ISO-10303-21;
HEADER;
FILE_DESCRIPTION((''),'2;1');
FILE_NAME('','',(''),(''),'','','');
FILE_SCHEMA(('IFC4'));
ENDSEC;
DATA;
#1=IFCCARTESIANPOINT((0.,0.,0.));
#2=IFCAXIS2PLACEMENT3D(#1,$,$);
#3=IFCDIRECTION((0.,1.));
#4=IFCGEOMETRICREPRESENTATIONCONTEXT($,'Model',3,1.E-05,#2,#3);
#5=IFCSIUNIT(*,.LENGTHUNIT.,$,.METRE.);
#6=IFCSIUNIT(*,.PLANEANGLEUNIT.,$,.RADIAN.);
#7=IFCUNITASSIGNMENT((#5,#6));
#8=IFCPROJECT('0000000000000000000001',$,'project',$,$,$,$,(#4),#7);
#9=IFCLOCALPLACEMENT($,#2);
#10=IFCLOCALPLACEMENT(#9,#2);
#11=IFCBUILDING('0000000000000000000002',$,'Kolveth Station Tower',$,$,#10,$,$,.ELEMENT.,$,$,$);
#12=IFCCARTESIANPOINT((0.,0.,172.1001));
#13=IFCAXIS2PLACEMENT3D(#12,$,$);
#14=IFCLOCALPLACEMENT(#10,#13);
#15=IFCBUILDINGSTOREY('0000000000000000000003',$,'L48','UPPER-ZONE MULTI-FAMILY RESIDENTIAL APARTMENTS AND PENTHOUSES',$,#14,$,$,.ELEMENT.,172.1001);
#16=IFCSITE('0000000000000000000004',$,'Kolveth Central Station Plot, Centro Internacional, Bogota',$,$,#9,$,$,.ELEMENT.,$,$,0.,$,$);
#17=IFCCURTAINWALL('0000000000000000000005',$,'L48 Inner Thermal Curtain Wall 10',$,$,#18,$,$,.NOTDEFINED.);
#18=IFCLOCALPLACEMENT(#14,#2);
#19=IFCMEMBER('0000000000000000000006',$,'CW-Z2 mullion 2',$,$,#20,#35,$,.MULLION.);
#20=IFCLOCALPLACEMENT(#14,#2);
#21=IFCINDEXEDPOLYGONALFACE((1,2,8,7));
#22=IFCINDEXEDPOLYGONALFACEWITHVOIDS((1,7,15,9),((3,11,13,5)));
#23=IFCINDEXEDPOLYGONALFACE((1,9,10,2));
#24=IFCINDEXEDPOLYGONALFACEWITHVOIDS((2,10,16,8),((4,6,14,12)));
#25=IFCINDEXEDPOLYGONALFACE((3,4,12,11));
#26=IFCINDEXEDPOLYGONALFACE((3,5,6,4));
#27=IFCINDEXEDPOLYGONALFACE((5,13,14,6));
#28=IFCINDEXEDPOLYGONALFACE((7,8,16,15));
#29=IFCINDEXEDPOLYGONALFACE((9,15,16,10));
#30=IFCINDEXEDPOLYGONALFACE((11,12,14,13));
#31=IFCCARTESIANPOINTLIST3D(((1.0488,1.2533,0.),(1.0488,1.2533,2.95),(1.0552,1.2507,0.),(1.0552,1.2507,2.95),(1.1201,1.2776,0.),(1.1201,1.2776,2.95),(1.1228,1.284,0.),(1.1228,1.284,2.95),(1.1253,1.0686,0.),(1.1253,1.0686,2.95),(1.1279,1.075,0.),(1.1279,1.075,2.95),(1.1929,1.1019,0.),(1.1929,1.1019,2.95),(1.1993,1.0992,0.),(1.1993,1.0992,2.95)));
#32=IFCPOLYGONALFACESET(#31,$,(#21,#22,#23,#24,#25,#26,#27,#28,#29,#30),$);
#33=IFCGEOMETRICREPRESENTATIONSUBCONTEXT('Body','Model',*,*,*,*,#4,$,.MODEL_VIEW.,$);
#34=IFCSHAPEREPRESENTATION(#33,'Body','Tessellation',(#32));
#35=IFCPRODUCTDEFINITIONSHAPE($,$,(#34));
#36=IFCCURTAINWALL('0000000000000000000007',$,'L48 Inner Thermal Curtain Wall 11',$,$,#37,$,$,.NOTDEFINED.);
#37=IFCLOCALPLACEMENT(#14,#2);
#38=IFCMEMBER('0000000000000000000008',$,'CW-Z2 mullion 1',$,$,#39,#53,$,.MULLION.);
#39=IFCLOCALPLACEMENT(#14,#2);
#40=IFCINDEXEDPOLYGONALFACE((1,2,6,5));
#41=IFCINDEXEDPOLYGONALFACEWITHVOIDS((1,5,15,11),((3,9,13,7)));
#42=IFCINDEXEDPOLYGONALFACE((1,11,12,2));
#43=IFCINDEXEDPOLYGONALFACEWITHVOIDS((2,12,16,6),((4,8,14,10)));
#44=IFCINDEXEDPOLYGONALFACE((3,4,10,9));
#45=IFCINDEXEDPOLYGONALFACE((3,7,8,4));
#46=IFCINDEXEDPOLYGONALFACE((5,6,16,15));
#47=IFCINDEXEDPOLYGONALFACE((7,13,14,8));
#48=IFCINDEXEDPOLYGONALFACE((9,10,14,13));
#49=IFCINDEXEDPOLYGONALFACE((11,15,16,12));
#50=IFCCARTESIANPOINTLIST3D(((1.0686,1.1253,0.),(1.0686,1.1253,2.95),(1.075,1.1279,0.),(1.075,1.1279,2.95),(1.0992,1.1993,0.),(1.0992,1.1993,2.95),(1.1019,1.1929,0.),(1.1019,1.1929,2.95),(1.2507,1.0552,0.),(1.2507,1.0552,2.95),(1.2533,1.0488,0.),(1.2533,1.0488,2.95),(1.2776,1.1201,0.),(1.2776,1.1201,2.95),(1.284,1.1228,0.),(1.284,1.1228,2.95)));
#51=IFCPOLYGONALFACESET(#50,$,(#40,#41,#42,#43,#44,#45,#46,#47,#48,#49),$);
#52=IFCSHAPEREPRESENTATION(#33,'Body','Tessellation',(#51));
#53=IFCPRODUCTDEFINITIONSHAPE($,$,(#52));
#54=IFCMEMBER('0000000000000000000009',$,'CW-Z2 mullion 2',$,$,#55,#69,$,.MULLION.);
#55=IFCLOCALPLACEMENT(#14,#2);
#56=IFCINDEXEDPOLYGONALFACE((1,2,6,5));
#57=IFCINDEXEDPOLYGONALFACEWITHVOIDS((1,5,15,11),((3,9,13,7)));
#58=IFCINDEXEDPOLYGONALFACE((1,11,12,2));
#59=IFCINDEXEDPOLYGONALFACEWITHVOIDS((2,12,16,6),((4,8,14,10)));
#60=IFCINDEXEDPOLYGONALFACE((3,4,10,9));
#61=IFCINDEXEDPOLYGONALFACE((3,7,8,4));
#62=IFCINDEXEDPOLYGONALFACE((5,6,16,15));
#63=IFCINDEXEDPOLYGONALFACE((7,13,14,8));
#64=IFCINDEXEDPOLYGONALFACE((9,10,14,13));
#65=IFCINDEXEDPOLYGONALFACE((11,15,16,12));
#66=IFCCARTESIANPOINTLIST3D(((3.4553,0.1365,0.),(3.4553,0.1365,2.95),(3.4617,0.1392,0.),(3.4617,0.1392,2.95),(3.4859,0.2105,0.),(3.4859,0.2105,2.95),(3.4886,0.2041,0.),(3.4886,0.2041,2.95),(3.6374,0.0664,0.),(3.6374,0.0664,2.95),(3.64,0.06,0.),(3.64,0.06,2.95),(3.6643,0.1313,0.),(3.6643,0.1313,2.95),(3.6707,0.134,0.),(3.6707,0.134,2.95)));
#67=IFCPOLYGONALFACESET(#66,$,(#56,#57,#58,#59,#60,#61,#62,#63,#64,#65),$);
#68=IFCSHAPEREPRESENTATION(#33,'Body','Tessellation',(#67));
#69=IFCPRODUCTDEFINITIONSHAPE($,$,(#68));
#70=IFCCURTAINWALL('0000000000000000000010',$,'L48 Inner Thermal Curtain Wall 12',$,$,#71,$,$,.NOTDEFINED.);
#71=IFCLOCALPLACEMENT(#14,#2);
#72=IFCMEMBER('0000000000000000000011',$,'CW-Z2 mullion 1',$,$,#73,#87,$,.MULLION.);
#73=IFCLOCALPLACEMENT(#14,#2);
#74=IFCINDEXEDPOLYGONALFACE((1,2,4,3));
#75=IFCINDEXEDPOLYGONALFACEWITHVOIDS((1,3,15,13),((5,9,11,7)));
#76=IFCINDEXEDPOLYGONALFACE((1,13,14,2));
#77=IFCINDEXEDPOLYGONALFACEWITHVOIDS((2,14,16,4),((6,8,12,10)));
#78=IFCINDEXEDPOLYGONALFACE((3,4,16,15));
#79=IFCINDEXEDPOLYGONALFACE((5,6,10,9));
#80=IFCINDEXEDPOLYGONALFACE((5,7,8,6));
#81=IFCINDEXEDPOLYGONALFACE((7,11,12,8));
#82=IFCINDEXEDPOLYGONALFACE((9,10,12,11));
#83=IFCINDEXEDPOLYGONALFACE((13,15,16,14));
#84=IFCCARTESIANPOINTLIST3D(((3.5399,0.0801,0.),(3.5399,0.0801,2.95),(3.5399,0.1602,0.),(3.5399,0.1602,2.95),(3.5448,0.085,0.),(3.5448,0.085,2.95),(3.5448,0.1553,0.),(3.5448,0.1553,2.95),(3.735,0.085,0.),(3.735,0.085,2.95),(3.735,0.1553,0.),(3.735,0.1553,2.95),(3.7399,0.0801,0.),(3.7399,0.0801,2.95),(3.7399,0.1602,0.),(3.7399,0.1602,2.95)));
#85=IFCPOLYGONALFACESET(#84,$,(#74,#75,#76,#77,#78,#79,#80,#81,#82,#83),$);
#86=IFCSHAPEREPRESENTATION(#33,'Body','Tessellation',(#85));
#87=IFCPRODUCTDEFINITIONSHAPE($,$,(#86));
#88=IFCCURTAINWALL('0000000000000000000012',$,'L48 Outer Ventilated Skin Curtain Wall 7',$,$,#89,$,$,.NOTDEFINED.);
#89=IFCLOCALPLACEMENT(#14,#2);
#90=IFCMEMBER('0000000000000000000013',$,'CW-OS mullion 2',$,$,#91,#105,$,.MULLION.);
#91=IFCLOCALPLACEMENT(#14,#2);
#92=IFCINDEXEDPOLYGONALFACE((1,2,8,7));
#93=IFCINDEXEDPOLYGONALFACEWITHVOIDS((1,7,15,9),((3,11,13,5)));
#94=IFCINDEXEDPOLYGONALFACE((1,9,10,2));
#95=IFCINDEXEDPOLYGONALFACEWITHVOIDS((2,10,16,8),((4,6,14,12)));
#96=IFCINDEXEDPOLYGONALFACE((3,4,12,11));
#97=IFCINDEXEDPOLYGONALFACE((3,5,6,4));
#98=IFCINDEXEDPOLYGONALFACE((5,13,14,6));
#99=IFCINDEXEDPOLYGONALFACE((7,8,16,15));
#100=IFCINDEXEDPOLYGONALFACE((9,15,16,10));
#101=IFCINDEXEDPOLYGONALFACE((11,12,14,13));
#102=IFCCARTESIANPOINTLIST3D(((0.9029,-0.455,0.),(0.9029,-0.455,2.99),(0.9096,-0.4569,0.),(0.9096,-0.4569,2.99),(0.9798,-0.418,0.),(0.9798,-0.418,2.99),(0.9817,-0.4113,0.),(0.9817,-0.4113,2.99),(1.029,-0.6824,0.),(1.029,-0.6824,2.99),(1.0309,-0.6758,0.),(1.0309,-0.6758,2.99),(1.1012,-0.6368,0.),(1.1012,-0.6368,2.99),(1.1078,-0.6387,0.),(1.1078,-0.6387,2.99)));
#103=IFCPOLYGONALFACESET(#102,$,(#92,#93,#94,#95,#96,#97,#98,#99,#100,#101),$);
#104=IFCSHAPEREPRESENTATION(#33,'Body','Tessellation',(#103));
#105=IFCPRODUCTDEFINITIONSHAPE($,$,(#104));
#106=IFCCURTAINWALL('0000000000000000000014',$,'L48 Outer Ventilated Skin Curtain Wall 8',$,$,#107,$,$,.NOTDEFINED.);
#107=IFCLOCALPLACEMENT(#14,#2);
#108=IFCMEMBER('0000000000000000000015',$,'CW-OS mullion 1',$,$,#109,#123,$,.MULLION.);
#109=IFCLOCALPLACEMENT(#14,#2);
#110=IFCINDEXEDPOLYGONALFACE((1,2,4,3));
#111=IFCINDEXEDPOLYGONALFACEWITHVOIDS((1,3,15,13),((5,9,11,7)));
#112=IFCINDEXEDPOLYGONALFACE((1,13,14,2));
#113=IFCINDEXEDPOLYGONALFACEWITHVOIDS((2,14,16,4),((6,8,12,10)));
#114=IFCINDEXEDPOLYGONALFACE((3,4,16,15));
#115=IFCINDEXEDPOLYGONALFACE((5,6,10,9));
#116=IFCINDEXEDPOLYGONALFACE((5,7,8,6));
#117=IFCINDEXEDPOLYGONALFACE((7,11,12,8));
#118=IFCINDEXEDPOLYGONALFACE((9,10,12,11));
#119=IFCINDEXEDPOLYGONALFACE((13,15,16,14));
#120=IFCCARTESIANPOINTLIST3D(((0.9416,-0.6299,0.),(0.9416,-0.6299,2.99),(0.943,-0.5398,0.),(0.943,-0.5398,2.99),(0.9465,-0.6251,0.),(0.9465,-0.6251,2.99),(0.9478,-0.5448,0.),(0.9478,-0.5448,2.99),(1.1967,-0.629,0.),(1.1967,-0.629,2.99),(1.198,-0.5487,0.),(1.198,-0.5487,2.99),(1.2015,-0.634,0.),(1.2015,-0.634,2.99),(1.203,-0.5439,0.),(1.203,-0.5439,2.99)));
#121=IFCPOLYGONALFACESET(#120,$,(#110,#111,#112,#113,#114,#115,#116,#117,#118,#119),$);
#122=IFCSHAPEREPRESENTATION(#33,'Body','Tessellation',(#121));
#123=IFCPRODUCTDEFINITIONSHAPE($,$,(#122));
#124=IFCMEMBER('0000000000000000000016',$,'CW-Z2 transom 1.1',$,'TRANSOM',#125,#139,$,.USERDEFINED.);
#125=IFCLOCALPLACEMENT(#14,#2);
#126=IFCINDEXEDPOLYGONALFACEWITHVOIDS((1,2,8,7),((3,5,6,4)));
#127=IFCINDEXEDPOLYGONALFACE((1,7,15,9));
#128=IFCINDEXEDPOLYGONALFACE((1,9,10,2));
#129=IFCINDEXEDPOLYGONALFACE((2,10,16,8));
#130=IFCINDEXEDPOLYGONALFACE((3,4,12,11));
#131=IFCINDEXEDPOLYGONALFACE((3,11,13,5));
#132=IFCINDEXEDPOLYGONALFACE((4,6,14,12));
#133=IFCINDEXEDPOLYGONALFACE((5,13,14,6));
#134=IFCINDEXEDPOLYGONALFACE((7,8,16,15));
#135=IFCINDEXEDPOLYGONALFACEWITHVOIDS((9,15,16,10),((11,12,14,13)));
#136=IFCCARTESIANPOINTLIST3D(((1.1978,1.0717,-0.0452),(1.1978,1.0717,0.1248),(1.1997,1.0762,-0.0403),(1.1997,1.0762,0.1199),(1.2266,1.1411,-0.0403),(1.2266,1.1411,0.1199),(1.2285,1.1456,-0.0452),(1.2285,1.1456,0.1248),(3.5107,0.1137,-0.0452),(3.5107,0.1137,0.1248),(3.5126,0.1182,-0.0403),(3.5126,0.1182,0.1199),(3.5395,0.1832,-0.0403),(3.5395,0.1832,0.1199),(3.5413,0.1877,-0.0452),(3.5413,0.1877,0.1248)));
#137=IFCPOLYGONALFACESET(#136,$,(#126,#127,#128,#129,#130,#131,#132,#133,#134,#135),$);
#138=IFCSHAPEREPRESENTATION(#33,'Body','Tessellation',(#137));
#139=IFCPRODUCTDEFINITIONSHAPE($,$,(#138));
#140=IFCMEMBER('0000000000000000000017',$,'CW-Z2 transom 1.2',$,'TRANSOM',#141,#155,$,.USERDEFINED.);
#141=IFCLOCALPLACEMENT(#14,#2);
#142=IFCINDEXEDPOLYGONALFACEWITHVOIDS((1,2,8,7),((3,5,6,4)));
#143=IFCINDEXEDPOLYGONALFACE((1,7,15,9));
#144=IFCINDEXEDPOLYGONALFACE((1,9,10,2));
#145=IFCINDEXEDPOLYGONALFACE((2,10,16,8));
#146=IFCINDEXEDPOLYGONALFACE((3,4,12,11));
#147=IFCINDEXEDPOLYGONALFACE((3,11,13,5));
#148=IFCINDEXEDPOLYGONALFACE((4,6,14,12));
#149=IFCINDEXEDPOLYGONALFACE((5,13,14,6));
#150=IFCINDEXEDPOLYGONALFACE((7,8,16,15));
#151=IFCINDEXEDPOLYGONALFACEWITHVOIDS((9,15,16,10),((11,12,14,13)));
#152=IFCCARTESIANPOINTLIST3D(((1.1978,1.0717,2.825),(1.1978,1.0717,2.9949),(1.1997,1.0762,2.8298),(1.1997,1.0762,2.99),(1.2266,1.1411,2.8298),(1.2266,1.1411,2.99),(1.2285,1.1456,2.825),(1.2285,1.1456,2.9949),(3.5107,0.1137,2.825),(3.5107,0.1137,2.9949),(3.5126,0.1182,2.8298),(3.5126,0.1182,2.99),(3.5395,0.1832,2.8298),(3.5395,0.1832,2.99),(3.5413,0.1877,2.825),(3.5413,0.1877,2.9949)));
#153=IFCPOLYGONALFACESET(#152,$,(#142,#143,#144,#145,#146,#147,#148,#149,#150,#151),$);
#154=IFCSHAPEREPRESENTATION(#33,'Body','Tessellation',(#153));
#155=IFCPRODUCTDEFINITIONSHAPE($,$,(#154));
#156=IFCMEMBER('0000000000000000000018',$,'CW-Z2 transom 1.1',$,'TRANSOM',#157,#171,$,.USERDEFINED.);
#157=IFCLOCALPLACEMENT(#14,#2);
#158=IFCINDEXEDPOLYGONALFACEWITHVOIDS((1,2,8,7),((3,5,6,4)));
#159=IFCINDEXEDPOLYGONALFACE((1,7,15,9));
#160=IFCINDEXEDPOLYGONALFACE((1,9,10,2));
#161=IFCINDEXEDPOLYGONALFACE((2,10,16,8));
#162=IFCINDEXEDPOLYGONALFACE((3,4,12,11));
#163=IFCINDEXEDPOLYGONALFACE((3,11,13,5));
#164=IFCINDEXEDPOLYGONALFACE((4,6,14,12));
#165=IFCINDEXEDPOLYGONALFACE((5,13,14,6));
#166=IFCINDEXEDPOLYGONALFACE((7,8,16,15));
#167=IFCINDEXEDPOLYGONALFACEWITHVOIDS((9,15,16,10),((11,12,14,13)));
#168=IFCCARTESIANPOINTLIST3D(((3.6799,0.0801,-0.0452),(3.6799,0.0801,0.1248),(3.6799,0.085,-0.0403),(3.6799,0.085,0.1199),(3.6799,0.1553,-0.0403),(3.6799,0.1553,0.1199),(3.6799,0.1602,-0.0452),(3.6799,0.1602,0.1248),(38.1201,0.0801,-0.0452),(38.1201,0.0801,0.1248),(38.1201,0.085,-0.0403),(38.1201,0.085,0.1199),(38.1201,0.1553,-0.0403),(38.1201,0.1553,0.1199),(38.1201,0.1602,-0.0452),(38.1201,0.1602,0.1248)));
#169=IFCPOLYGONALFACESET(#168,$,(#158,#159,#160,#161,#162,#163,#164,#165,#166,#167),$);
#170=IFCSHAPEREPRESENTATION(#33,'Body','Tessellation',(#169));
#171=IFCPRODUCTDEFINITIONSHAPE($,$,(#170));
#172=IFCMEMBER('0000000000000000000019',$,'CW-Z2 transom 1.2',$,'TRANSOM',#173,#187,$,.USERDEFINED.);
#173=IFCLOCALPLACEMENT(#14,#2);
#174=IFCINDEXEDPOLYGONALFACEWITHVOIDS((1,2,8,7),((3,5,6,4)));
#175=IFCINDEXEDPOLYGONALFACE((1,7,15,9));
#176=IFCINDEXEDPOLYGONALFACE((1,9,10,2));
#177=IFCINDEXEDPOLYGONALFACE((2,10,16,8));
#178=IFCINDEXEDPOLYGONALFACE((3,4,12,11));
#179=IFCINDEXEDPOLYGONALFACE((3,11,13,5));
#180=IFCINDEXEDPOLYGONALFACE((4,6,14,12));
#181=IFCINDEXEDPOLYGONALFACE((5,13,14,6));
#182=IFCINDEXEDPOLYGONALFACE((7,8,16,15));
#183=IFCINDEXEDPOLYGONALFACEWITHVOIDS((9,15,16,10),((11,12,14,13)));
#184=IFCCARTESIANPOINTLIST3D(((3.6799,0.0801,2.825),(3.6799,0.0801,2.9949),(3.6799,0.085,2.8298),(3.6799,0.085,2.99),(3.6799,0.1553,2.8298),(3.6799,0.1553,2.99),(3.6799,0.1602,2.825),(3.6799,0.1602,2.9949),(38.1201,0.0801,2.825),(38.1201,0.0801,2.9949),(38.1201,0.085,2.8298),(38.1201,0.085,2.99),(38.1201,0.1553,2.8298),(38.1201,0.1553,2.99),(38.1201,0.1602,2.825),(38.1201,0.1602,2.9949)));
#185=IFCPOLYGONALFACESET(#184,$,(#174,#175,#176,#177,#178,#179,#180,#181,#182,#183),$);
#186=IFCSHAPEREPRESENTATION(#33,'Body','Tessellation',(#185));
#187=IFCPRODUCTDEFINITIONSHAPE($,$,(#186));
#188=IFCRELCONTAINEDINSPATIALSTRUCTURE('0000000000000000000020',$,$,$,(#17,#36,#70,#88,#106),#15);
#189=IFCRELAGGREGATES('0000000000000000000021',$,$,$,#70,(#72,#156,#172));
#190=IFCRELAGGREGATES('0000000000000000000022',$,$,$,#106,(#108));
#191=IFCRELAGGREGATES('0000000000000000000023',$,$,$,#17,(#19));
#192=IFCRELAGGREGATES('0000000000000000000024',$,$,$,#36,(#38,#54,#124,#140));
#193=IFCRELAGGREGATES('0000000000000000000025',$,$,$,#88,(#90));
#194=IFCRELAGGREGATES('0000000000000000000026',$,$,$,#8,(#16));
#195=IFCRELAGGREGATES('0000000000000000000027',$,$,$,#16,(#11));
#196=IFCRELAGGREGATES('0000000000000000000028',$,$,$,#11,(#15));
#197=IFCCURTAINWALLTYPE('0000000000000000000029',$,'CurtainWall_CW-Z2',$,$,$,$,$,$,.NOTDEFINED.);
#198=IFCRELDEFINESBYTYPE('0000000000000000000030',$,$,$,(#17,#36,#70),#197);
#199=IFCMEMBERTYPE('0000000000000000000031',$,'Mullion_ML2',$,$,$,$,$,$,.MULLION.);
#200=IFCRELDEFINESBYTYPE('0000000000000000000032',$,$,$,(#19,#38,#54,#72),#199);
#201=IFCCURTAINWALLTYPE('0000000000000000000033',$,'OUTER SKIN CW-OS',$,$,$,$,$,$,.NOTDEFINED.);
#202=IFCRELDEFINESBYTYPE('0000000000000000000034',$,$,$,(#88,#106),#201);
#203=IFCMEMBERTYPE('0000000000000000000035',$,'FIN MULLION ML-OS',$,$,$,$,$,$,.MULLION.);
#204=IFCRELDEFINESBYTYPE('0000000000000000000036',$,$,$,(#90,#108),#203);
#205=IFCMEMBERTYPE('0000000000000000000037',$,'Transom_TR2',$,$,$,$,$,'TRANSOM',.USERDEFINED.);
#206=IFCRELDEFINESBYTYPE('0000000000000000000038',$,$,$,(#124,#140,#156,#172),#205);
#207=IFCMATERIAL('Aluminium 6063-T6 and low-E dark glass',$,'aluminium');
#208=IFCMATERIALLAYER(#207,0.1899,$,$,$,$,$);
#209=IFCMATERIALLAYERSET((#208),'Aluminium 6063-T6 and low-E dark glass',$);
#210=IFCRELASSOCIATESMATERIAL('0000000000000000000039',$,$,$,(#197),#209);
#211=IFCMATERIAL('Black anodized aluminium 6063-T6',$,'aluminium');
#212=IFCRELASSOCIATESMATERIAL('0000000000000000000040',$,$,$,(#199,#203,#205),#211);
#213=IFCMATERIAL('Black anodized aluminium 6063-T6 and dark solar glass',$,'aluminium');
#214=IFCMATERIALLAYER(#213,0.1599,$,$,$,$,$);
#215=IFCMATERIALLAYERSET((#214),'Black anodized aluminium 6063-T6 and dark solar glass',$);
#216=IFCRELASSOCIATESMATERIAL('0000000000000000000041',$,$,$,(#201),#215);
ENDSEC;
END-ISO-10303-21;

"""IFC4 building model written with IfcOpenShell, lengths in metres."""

from ifc_helpers import new_model, si_unit, direction, frame, origin, origin_2d, place, context, subcontext, project, spatial, hollow_rectangle, extrude, source, transform, mapped, material, layer, layer_set, material_profile, profile_set, type_object, element, aggregate, save


model = new_model("IFC4")

# Units and contexts
model_context = context("Model", 3, precision=1e-05, world=origin(), true_north=direction((0.0, 1.0)))
body_context = subcontext(model_context, "Body", "Model", "MODEL_VIEW")
ifc_project = project(units=[si_unit("LENGTHUNIT", "METRE"), si_unit("PLANEANGLEUNIT", "RADIAN")], contexts=[model_context])

# Site, building, storey
site_placement = place(None, origin())
site = spatial("IfcSite", under=ifc_project, at=site_placement, Name="Kolveth Central Station Plot, Centro Internacional, Bogota", CompositionType="ELEMENT", RefElevation=0.0)
building_placement = place(site_placement, origin())
building = spatial("IfcBuilding", under=site, at=building_placement, Name="Kolveth Station Tower", CompositionType="ELEMENT")
storey_placement = place(building_placement, frame((0.0, 0.0, 172.1001)))
storey = spatial("IfcBuildingStorey", under=building, at=storey_placement, Name="L48", Description="UPPER-ZONE MULTI-FAMILY RESIDENTIAL APARTMENTS AND PENTHOUSES", CompositionType="ELEMENT", Elevation=172.1001)

# Curtain wall, member
ifc_material_1 = material(Name="Aluminium 6063-T6 and low-E dark glass", Category="aluminium")
ifc_layer_1 = layer(ifc_material_1, 0.1899)
ifc_layer_set_1 = layer_set([ifc_layer_1], Name="Aluminium 6063-T6 and low-E dark glass")
curtain_wall_type_1 = type_object("IfcCurtainWallType", Name="CurtainWall_CW-Z2", PredefinedType="NOTDEFINED", material=ifc_layer_set_1)
curtain_wall_1_placement = place(storey_placement, origin())
curtain_wall_1 = element("IfcCurtainWall", 1, at=curtain_wall_1_placement, inside=storey, type_object=curtain_wall_type_1, Name="L48 Inner Thermal Curtain Wall 10", PredefinedType="NOTDEFINED")
ifc_material_2 = material(Name="Black anodized aluminium 6063-T6", Category="aluminium")
ifc_material_profile_1 = material_profile(ifc_material_2, hollow_rectangle(XDim=0.0801, YDim=0.2, WallThickness=0.0049, at=origin_2d()), Name="ALU-80x200x5")
ifc_profile_set_1 = profile_set([ifc_material_profile_1], Name="Black anodized aluminium 6063-T6")
member_type_1 = type_object("IfcMemberType", Name="Mullion_ML2", PredefinedType="MULLION", material=ifc_profile_set_1)
shared_shape_1 = source(origin(), body_context, "Body", "SweptSolid", [
    extrude(hollow_rectangle(XDim=0.0801, YDim=0.2, WallThickness=0.0049, at=origin_2d()), origin(), (0.0, 0.0, 1.0), 2.95),
])
member_1_placement = place(storey_placement, frame((1.124, 1.1763, 0.0), z_axis=(0.0, 0.0, 1.0), x_axis=(0.923874, 0.382698, 0.0)))
member_1 = element("IfcMember", 2, at=member_1_placement, type_object=member_type_1, Name="CW-Z2 mullion 2", PredefinedType="MULLION", context=body_context, shape_type="MappedRepresentation", body=[
    mapped(shared_shape_1, transform((0.0, 0.0, 0.0), x_axis=(1.0, 0.0, 0.0), y_axis=(0.0, 1.0, 0.0), z_axis=(0.0, 0.0, 1.0), scale=1.0)),
])

# Curtain wall, members
curtain_wall_2_placement = place(storey_placement, origin())
curtain_wall_2 = element("IfcCurtainWall", 3, at=curtain_wall_2_placement, inside=storey, type_object=curtain_wall_type_1, Name="L48 Inner Thermal Curtain Wall 11", PredefinedType="NOTDEFINED")
member_2_placement = place(storey_placement, frame((1.1763, 1.124, 0.0), z_axis=(0.0, 0.0, 1.0), x_axis=(0.382698, 0.923874, 0.0)))
member_2 = element("IfcMember", 4, at=member_2_placement, type_object=member_type_1, Name="CW-Z2 mullion 1", PredefinedType="MULLION", context=body_context, shape_type="MappedRepresentation", body=[
    mapped(shared_shape_1, transform((0.0, 0.0, 0.0), x_axis=(1.0, 0.0, 0.0), y_axis=(0.0, 1.0, 0.0), z_axis=(0.0, 0.0, 1.0), scale=1.0)),
])
member_3_placement = place(storey_placement, frame((3.563, 0.1353, 0.0), z_axis=(0.0, 0.0, 1.0), x_axis=(0.382698, 0.923874, 0.0)))
member_3 = element("IfcMember", 5, at=member_3_placement, type_object=member_type_1, Name="CW-Z2 mullion 2", PredefinedType="MULLION", context=body_context, shape_type="MappedRepresentation", body=[
    mapped(shared_shape_1, transform((0.0, 0.0, 0.0), x_axis=(1.0, 0.0, 0.0), y_axis=(0.0, 1.0, 0.0), z_axis=(0.0, 0.0, 1.0), scale=1.0)),
])

# Curtain walls, members
curtain_wall_3_placement = place(storey_placement, origin())
curtain_wall_3 = element("IfcCurtainWall", 6, at=curtain_wall_3_placement, inside=storey, type_object=curtain_wall_type_1, Name="L48 Inner Thermal Curtain Wall 12", PredefinedType="NOTDEFINED")
member_4_placement = place(storey_placement, frame((3.6399, 0.1201, 0.0), z_axis=(0.0, 0.0, 1.0), x_axis=(0.0, 1.0, 0.0)))
member_4 = element("IfcMember", 7, at=member_4_placement, type_object=member_type_1, Name="CW-Z2 mullion 1", PredefinedType="MULLION", context=body_context, shape_type="MappedRepresentation", body=[
    mapped(shared_shape_1, transform((0.0, 0.0, 0.0), x_axis=(1.0, 0.0, 0.0), y_axis=(0.0, 1.0, 0.0), z_axis=(0.0, 0.0, 1.0), scale=1.0)),
])
ifc_material_3 = material(Name="Black anodized aluminium 6063-T6 and dark solar glass", Category="aluminium")
ifc_layer_2 = layer(ifc_material_3, 0.1599)
ifc_layer_set_2 = layer_set([ifc_layer_2], Name="Black anodized aluminium 6063-T6 and dark solar glass")
curtain_wall_type_2 = type_object("IfcCurtainWallType", Name="OUTER SKIN CW-OS", PredefinedType="NOTDEFINED", material=ifc_layer_set_2)
curtain_wall_4_placement = place(storey_placement, origin())
curtain_wall_4 = element("IfcCurtainWall", 8, at=curtain_wall_4_placement, inside=storey, type_object=curtain_wall_type_2, Name="L48 Outer Ventilated Skin Curtain Wall 7", PredefinedType="NOTDEFINED")
ifc_material_profile_2 = material_profile(ifc_material_2, hollow_rectangle(XDim=0.0901, YDim=0.26, WallThickness=0.0049, at=origin_2d()), Name="ALU-90x260x5")
ifc_profile_set_2 = profile_set([ifc_material_profile_2], Name="Black anodized aluminium 6063-T6")
member_type_2 = type_object("IfcMemberType", Name="FIN MULLION ML-OS", PredefinedType="MULLION", material=ifc_profile_set_2)
shared_shape_2 = source(origin(), body_context, "Body", "SweptSolid", [
    extrude(hollow_rectangle(XDim=0.0901, YDim=0.26, WallThickness=0.0049, at=origin_2d()), origin(), (0.0, 0.0, 1.0), 2.99),
])
member_5_placement = place(storey_placement, frame((1.0054, -0.5469, 0.0), z_axis=(0.0, 0.0, 1.0), x_axis=(0.874472, 0.485077, 0.0)))
member_5 = element("IfcMember", 9, at=member_5_placement, type_object=member_type_2, Name="CW-OS mullion 2", PredefinedType="MULLION", context=body_context, shape_type="MappedRepresentation", body=[
    mapped(shared_shape_2, transform((0.0, 0.0, 0.0), x_axis=(1.0, 0.0, 0.0), y_axis=(0.0, 1.0, 0.0), z_axis=(0.0, 0.0, 1.0), scale=1.0)),
])
curtain_wall_5_placement = place(storey_placement, origin())
curtain_wall_5 = element("IfcCurtainWall", 10, at=curtain_wall_5_placement, inside=storey, type_object=curtain_wall_type_2, Name="L48 Outer Ventilated Skin Curtain Wall 8", PredefinedType="NOTDEFINED")
member_6_placement = place(storey_placement, frame((1.0723, -0.5869, 0.0), z_axis=(0.0, 0.0, 1.0), x_axis=(0.015799, 0.999875, 0.0)))
member_6 = element("IfcMember", 11, at=member_6_placement, type_object=member_type_2, Name="CW-OS mullion 1", PredefinedType="MULLION", context=body_context, shape_type="MappedRepresentation", body=[
    mapped(shared_shape_2, transform((0.0, 0.0, 0.0), x_axis=(1.0, 0.0, 0.0), y_axis=(0.0, 1.0, 0.0), z_axis=(0.0, 0.0, 1.0), scale=1.0)),
])

# Members
ifc_material_profile_3 = material_profile(ifc_material_2, hollow_rectangle(XDim=0.0801, YDim=0.1699, WallThickness=0.0049, at=origin_2d()), Name="ALU-80x170x5")
ifc_profile_set_3 = profile_set([ifc_material_profile_3], Name="Black anodized aluminium 6063-T6")
member_type_3 = type_object("IfcMemberType", Name="Transom_TR2", ElementType="TRANSOM", PredefinedType="USERDEFINED", material=ifc_profile_set_3)
shared_shape_3 = source(origin(), body_context, "Body", "SweptSolid", [
    extrude(hollow_rectangle(XDim=0.0801, YDim=0.1699, WallThickness=0.0049, at=origin_2d()), origin(), (0.0, 0.0, 1.0), 2.5034),
])
member_7_placement = place(storey_placement, frame((1.2131, 1.1086, 0.0398), z_axis=(0.923888, -0.382662, 0.0), x_axis=(0.382662, 0.923888, 0.0)))
member_7 = element("IfcMember", 12, at=member_7_placement, type_object=member_type_3, Name="CW-Z2 transom 1.1", ObjectType="TRANSOM", PredefinedType="USERDEFINED", context=body_context, shape_type="MappedRepresentation", body=[
    mapped(shared_shape_3, transform((0.0, 0.0, 0.0), x_axis=(1.0, 0.0, 0.0), y_axis=(0.0, 1.0, 0.0), z_axis=(0.0, 0.0, 1.0), scale=1.0)),
])
member_8_placement = place(storey_placement, frame((1.2131, 1.1086, 2.9099), z_axis=(0.923888, -0.382662, 0.0), x_axis=(0.382662, 0.923888, 0.0)))
member_8 = element("IfcMember", 13, at=member_8_placement, type_object=member_type_3, Name="CW-Z2 transom 1.2", ObjectType="TRANSOM", PredefinedType="USERDEFINED", context=body_context, shape_type="MappedRepresentation", body=[
    mapped(shared_shape_3, transform((0.0, 0.0, 0.0), x_axis=(1.0, 0.0, 0.0), y_axis=(0.0, 1.0, 0.0), z_axis=(0.0, 0.0, 1.0), scale=1.0)),
])
shared_shape_4 = source(origin(), body_context, "Body", "SweptSolid", [
    extrude(hollow_rectangle(XDim=0.0801, YDim=0.1699, WallThickness=0.0049, at=origin_2d()), origin(), (0.0, 0.0, 1.0), 34.4402),
])
member_9_placement = place(storey_placement, frame((3.6799, 0.1201, 0.0398), z_axis=(1.0, 0.0, 0.0), x_axis=(0.0, 1.0, 0.0)))
member_9 = element("IfcMember", 14, at=member_9_placement, type_object=member_type_3, Name="CW-Z2 transom 1.1", ObjectType="TRANSOM", PredefinedType="USERDEFINED", context=body_context, shape_type="MappedRepresentation", body=[
    mapped(shared_shape_4, transform((0.0, 0.0, 0.0), x_axis=(1.0, 0.0, 0.0), y_axis=(0.0, 1.0, 0.0), z_axis=(0.0, 0.0, 1.0), scale=1.0)),
])
member_10_placement = place(storey_placement, frame((3.6799, 0.1201, 2.9099), z_axis=(1.0, 0.0, 0.0), x_axis=(0.0, 1.0, 0.0)))
member_10 = element("IfcMember", 15, at=member_10_placement, type_object=member_type_3, Name="CW-Z2 transom 1.2", ObjectType="TRANSOM", PredefinedType="USERDEFINED", context=body_context, shape_type="MappedRepresentation", body=[
    mapped(shared_shape_4, transform((0.0, 0.0, 0.0), x_axis=(1.0, 0.0, 0.0), y_axis=(0.0, 1.0, 0.0), z_axis=(0.0, 0.0, 1.0), scale=1.0)),
])
aggregate(curtain_wall_3, [member_4, member_9, member_10])
aggregate(curtain_wall_5, [member_6])

aggregate(curtain_wall_1, [member_1])
aggregate(curtain_wall_2, [member_2, member_3, member_7, member_8])
aggregate(curtain_wall_4, [member_5])

save(model, "model.ifc")
